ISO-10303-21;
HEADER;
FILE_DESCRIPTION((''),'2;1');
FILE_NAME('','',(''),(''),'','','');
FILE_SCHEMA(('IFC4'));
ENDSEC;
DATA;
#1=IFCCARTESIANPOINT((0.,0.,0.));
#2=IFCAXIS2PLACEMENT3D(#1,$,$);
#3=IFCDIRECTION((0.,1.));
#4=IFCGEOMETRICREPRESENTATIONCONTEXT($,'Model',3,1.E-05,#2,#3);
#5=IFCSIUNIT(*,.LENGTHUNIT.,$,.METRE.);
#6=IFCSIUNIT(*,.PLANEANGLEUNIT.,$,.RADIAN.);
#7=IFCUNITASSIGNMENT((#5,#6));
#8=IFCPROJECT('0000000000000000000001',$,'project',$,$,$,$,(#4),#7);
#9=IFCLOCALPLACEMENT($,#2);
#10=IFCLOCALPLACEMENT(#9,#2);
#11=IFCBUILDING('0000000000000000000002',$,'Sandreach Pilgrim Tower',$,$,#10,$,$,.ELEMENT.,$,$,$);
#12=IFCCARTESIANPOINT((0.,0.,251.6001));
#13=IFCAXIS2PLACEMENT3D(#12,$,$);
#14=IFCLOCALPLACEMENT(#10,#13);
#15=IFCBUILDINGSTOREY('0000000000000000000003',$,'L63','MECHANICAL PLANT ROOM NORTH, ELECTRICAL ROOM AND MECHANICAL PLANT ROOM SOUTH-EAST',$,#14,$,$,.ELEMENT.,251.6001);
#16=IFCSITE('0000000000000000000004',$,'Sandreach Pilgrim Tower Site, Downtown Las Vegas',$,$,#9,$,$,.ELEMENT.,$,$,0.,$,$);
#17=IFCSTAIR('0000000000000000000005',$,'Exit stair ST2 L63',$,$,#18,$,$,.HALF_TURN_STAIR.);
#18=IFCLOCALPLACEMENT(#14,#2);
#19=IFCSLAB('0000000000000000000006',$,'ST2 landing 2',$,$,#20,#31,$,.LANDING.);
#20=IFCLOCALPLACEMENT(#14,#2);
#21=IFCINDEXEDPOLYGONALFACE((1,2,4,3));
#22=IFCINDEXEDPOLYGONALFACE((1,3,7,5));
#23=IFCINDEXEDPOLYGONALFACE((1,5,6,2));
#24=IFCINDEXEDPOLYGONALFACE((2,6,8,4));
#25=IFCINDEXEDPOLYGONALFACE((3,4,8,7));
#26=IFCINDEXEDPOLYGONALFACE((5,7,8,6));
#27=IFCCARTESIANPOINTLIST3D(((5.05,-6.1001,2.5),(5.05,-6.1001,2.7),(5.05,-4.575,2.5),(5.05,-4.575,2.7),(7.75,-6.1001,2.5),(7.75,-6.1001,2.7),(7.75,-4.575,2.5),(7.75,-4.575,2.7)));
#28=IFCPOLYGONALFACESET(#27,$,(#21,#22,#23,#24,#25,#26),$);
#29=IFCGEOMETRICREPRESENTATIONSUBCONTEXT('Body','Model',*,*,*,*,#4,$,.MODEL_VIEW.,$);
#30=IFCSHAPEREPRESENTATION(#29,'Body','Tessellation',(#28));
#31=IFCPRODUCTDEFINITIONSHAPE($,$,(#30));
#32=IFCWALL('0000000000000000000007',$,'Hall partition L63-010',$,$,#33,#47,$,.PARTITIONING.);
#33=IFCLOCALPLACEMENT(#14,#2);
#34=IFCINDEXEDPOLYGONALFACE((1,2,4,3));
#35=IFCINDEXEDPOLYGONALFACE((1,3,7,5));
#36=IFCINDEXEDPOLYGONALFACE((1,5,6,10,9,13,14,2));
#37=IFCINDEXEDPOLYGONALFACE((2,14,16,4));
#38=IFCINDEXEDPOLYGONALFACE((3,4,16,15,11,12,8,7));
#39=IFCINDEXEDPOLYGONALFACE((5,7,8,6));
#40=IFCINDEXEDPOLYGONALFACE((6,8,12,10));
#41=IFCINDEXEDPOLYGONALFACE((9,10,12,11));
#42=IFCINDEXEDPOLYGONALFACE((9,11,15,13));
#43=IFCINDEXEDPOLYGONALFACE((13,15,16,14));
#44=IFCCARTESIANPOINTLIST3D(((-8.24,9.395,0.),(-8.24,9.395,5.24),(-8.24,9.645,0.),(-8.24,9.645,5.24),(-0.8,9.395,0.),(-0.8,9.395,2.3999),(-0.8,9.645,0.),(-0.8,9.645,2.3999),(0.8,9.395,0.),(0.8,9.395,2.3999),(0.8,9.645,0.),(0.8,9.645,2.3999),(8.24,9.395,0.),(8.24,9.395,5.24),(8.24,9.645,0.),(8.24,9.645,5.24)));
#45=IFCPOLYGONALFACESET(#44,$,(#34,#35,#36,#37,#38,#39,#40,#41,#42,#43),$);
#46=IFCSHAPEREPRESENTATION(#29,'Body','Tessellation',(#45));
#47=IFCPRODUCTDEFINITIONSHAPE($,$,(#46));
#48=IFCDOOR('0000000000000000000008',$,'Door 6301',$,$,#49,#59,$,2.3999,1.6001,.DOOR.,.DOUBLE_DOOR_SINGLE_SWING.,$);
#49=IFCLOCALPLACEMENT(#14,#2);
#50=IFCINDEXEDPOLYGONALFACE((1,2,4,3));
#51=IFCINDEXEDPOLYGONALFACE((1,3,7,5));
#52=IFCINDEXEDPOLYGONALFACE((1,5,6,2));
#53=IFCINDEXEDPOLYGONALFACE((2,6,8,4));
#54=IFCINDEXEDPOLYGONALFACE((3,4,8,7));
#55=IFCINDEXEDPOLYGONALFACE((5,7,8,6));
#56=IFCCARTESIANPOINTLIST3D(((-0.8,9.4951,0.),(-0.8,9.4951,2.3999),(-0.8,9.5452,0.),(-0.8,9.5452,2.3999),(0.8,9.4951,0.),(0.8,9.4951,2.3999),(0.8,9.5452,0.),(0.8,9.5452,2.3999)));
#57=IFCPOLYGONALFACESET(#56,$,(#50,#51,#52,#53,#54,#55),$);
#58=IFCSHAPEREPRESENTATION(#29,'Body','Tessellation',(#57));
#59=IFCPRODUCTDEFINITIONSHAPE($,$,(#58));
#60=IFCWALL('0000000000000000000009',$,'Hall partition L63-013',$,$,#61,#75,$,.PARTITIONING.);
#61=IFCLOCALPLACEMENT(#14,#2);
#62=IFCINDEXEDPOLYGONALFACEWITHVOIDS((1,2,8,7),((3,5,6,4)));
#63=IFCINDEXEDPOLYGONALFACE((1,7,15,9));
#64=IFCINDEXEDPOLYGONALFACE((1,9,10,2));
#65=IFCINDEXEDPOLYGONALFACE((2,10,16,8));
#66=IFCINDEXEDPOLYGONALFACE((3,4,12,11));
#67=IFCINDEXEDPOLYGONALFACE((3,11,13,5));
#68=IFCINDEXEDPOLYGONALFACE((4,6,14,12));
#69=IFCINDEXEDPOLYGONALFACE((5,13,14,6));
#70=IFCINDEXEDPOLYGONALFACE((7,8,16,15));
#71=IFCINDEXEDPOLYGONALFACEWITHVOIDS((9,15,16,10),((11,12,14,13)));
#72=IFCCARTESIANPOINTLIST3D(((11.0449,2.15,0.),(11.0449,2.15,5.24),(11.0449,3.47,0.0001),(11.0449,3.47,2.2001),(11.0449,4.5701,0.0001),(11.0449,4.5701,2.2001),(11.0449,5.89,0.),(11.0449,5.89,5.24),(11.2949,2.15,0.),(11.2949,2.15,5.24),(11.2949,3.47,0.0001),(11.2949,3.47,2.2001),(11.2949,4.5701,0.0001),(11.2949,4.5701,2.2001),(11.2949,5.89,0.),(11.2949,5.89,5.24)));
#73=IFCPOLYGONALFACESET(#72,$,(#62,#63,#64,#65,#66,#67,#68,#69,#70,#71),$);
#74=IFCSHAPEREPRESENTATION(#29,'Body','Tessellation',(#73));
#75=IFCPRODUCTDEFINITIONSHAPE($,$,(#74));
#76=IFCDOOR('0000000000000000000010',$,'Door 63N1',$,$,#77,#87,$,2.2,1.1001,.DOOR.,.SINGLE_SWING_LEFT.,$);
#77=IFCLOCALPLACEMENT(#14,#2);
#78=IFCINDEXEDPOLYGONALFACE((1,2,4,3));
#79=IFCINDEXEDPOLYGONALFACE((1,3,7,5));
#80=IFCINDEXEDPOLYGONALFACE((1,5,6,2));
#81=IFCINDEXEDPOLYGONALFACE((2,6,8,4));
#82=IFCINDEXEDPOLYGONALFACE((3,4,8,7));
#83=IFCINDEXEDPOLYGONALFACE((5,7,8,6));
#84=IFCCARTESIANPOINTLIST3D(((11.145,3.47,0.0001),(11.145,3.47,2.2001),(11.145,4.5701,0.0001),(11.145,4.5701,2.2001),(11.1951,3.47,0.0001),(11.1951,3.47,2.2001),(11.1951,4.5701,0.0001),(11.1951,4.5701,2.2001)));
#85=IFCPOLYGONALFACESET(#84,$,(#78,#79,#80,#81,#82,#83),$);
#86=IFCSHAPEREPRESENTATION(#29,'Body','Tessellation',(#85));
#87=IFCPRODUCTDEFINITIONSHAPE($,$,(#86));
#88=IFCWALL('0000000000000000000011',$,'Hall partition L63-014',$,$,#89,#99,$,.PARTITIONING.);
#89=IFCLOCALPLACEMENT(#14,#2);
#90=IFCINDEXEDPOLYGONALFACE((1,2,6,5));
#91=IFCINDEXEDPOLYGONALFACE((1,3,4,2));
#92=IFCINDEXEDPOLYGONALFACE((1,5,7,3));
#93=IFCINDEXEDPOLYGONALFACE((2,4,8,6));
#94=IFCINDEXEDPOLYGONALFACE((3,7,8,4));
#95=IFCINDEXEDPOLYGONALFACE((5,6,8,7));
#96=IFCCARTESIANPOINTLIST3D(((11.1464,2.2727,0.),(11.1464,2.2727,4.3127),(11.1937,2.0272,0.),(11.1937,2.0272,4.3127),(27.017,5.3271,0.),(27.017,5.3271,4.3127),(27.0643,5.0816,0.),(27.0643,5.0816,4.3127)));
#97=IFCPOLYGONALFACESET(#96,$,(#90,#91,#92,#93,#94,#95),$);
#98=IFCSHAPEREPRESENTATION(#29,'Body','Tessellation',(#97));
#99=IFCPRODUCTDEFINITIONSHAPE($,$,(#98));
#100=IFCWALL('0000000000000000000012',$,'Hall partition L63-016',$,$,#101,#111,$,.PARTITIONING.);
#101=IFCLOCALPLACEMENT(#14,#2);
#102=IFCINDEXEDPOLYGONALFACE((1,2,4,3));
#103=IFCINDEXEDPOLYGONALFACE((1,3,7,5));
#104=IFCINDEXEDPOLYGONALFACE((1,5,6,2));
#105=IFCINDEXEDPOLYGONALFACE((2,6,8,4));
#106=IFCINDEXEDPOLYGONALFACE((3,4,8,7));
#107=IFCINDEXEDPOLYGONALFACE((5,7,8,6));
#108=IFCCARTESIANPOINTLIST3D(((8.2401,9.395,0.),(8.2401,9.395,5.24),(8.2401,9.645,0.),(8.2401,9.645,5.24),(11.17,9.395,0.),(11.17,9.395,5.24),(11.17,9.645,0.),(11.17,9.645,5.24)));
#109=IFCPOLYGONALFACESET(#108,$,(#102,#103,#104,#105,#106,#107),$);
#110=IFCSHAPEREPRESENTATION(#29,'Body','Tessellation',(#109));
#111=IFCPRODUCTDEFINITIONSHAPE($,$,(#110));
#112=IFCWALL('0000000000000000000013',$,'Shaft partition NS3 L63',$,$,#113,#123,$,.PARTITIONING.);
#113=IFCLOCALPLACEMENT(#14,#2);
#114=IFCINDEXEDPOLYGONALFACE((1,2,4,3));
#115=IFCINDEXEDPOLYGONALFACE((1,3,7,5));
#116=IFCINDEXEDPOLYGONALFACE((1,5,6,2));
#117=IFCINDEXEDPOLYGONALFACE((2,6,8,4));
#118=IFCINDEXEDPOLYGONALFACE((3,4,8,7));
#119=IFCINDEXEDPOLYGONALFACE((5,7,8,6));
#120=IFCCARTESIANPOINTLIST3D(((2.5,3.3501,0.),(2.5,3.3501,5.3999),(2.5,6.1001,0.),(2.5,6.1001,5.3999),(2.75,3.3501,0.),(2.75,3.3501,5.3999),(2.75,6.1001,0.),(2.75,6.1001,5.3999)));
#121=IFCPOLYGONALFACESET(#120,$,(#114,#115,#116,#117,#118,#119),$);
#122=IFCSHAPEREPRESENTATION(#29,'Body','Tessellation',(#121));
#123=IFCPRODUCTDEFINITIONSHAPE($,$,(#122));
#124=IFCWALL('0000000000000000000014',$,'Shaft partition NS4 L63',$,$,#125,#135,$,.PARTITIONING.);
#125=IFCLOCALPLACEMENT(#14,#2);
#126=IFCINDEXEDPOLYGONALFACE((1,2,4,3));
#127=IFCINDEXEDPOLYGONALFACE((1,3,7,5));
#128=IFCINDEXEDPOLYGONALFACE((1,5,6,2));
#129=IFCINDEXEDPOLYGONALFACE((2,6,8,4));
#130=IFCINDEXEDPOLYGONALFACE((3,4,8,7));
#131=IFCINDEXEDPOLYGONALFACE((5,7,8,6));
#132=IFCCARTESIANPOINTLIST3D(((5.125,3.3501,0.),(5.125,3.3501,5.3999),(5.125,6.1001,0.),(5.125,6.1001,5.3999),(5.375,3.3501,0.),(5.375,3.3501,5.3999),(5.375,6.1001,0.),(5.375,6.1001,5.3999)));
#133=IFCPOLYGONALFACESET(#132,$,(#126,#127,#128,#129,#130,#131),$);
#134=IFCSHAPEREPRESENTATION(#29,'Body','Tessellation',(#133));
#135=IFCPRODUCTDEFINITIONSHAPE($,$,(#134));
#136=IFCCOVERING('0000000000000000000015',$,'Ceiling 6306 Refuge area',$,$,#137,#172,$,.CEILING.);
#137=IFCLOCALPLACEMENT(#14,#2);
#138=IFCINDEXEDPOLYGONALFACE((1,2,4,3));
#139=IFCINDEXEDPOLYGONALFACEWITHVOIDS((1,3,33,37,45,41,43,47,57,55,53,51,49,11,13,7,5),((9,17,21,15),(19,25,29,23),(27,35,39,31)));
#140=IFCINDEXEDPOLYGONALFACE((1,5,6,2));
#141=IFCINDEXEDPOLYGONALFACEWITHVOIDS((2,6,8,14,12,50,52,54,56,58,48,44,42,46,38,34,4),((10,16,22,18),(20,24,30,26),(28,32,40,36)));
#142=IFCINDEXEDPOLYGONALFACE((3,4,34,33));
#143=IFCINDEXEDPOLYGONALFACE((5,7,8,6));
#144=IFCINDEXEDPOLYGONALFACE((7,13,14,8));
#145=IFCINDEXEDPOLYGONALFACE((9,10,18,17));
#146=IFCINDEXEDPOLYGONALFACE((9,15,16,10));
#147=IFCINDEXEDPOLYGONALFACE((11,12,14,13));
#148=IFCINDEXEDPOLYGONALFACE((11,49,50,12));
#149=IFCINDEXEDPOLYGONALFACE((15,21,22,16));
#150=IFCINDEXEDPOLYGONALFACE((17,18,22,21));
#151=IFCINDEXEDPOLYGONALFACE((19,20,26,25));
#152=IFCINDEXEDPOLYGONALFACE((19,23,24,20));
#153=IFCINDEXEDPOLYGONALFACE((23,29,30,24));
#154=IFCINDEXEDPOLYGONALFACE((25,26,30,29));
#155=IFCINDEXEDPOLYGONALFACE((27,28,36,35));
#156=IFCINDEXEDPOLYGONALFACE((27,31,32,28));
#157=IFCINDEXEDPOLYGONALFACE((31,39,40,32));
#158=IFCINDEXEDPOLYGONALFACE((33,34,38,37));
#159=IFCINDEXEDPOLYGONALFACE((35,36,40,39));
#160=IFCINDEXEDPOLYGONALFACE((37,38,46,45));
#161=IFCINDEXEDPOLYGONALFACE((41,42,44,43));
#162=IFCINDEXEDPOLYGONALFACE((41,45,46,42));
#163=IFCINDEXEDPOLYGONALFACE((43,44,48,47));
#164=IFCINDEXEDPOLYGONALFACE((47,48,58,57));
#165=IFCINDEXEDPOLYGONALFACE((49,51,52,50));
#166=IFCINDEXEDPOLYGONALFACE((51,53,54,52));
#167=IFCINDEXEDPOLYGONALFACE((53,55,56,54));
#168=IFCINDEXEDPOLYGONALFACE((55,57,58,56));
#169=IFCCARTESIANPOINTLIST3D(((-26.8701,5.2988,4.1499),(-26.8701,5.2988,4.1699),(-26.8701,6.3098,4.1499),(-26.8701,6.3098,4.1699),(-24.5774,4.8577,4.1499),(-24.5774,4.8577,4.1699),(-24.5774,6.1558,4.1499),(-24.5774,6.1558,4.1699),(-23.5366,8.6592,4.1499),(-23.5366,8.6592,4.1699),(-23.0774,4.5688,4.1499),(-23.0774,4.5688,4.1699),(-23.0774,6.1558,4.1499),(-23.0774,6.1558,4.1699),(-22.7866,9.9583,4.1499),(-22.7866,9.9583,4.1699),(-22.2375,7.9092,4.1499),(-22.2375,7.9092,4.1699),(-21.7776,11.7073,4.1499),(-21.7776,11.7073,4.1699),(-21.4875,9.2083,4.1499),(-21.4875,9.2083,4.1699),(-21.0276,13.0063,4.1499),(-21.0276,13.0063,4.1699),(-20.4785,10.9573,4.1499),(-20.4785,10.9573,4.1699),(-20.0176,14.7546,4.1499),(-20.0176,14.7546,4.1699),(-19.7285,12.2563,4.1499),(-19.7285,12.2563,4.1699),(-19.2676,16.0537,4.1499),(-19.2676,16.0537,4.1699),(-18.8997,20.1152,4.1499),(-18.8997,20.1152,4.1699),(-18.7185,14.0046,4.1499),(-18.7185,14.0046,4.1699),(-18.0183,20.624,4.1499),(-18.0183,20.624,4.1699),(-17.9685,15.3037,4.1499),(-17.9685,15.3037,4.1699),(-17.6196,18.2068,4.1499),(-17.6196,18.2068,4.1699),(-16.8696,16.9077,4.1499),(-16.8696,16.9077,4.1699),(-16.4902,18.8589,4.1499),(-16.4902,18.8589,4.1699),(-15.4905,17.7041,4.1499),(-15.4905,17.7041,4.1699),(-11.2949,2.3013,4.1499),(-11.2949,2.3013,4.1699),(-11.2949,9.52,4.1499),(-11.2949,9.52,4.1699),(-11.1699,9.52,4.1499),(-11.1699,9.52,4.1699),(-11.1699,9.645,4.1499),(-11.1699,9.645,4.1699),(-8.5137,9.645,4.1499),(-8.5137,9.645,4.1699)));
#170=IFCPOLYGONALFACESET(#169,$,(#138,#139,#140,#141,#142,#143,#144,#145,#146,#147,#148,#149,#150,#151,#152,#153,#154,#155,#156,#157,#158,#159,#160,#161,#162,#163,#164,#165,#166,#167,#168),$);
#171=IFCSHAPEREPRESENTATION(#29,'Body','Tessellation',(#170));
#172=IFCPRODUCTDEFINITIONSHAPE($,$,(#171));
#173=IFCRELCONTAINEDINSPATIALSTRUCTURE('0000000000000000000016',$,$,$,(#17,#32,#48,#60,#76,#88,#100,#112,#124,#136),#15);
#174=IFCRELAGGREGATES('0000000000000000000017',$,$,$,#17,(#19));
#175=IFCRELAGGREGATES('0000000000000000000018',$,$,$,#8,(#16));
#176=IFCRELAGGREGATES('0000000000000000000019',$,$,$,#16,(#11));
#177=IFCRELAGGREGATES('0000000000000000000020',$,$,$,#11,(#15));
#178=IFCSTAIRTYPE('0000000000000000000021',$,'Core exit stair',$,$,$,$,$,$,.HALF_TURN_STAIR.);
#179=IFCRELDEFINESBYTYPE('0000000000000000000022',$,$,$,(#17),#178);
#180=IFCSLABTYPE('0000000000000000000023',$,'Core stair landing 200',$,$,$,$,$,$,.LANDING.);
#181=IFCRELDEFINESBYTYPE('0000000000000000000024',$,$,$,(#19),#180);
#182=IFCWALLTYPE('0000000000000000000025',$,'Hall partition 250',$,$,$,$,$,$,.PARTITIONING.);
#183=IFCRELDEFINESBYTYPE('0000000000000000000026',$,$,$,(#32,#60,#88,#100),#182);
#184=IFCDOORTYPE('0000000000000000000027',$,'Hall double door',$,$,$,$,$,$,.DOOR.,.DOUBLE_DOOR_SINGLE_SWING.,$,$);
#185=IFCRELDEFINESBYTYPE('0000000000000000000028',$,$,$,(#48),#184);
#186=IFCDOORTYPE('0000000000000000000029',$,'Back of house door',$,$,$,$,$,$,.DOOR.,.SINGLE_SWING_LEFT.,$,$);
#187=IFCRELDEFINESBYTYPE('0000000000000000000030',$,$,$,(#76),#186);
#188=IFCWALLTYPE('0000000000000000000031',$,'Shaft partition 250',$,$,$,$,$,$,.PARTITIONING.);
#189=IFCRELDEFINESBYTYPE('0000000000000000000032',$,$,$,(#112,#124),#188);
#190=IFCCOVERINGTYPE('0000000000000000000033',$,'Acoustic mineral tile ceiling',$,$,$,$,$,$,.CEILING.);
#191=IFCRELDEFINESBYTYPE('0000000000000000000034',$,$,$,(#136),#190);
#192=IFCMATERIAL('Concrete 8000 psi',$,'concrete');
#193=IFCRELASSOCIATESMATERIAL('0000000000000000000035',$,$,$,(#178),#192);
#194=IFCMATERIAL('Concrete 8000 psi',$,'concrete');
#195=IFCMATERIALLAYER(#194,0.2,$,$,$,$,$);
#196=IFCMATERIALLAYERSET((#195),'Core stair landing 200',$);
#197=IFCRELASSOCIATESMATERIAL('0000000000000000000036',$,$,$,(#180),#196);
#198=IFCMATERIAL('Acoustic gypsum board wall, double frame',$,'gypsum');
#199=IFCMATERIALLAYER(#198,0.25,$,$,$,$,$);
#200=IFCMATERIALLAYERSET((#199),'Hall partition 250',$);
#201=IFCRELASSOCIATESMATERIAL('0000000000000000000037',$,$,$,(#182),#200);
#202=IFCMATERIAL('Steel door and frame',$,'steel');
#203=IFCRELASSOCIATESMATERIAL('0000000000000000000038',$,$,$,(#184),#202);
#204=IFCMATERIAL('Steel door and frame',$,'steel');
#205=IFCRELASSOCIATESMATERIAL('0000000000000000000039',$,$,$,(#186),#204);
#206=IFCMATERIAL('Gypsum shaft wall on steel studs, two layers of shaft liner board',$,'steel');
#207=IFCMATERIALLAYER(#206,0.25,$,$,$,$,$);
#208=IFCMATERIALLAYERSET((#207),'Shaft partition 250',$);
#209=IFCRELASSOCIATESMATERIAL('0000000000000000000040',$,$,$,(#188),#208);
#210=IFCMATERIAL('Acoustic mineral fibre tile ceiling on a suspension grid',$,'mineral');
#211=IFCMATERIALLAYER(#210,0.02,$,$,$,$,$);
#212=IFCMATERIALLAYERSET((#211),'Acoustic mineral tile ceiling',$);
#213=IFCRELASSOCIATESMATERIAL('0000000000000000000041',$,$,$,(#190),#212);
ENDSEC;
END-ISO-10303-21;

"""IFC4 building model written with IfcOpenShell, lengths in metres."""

from ifc_helpers import new_model, si_unit, direction, frame, frame_2d, origin, place, context, subcontext, project, spatial, polyline, rectangle, outline, extrude, material, layer, layer_set, type_object, element, fill, aggregate, save


model = new_model("IFC4")

# Units and contexts
model_context = context("Model", 3, precision=1e-05, world=origin(), true_north=direction((0.0, 1.0)))
body_context = subcontext(model_context, "Body", "Model", "MODEL_VIEW")
ifc_project = project(units=[si_unit("LENGTHUNIT", "METRE"), si_unit("PLANEANGLEUNIT", "RADIAN")], contexts=[model_context])

# Site, building, storey
site_placement = place(None, origin())
site = spatial("IfcSite", under=ifc_project, at=site_placement, Name="Sandreach Pilgrim Tower Site, Downtown Las Vegas", CompositionType="ELEMENT", RefElevation=0.0)
building_placement = place(site_placement, origin())
building = spatial("IfcBuilding", under=site, at=building_placement, Name="Sandreach Pilgrim Tower", CompositionType="ELEMENT")
storey_placement = place(building_placement, frame((0.0, 0.0, 251.6001)))
storey = spatial("IfcBuildingStorey", under=building, at=storey_placement, Name="L63", Description="MECHANICAL PLANT ROOM NORTH, ELECTRICAL ROOM AND MECHANICAL PLANT ROOM SOUTH-EAST", CompositionType="ELEMENT", Elevation=251.6001)

# Stair, slab
ifc_material_1 = material(Name="Concrete 8000 psi", Category="concrete")
stair_type = type_object("IfcStairType", Name="Core exit stair", PredefinedType="HALF_TURN_STAIR", material=ifc_material_1)
stair_placement = place(storey_placement, origin())
stair = element("IfcStair", 1, at=stair_placement, inside=storey, type_object=stair_type, Name="Exit stair ST2 L63", PredefinedType="HALF_TURN_STAIR")
ifc_material_2 = material(Name="Concrete 8000 psi", Category="concrete")
ifc_layer_1 = layer(ifc_material_2, 0.2)
ifc_layer_set_1 = layer_set([ifc_layer_1], Name="Core stair landing 200")
slab_type = type_object("IfcSlabType", Name="Core stair landing 200", PredefinedType="LANDING", material=ifc_layer_set_1)
slab_1_placement = place(storey_placement, frame((0.0, 0.0, 2.5)))
slab_1 = element("IfcSlab", 2, at=slab_1_placement, type_object=slab_type, Name="ST2 landing 2", PredefinedType="LANDING", context=body_context, shape_type="SweptSolid", body=[
    extrude(outline(polyline([(5.05, -6.1001), (7.75, -6.1001), (7.75, -4.575), (5.05, -4.575), (5.05, -6.1001)])), origin(), (0.0, 0.0, 1.0), 0.2),
])
aggregate(stair, [slab_1])

# Walls, openings, doors
ifc_material_3 = material(Name="Acoustic gypsum board wall, double frame", Category="gypsum")
ifc_layer_2 = layer(ifc_material_3, 0.25)
ifc_layer_set_2 = layer_set([ifc_layer_2], Name="Hall partition 250")
wall_type_1 = type_object("IfcWallType", Name="Hall partition 250", PredefinedType="PARTITIONING", material=ifc_layer_set_2)
wall_1_placement = place(storey_placement, frame((8.24, 9.52, 0.0), z_axis=(0.0, 0.0, 1.0), x_axis=(-1.0, 0.0, 0.0)))
wall_1 = element("IfcWall", 3, at=wall_1_placement, inside=storey, type_object=wall_type_1, Name="Hall partition L63-010", PredefinedType="PARTITIONING", context=body_context, shape_type="SweptSolid", body=[
    extrude(rectangle(XDim=16.48, YDim=0.25, at=frame_2d((8.24, 0.0))), origin(), (0.0, 0.0, 1.0), 5.24),
])
opening_1_placement = place(wall_1_placement, frame((7.4399, 0.0, 0.0)))
opening_1 = element("IfcOpeningElement", 4, at=opening_1_placement, cuts=wall_1, PredefinedType="OPENING", context=body_context, shape_type="SweptSolid", body=[
    extrude(rectangle(XDim=1.6001, YDim=2.3999, at=frame_2d((0.8, 1.2))), frame((0.0, 0.125, 0.0), z_axis=(0.0, -1.0, 0.0), x_axis=(1.0, 0.0, 0.0)), (0.0, 0.0, 1.0), 0.25),
])
ifc_material_4 = material(Name="Steel door and frame", Category="steel")
door_type_1 = type_object("IfcDoorType", Name="Hall double door", OperationType="DOUBLE_DOOR_SINGLE_SWING", PredefinedType="DOOR", material=ifc_material_4)
door_1_placement = place(opening_1_placement, origin())
door_1 = element("IfcDoor", 5, at=door_1_placement, inside=storey, type_object=door_type_1, Name="Door 6301", OperationType="DOUBLE_DOOR_SINGLE_SWING", OverallHeight=2.3999, OverallWidth=1.6001, PredefinedType="DOOR", context=body_context, shape_type="SweptSolid", body=[
    extrude(rectangle(XDim=1.6001, YDim=2.3999, at=frame_2d((0.8, 1.2))), frame((0.0, 0.0249, 0.0), z_axis=(0.0, -1.0, 0.0), x_axis=(1.0, 0.0, 0.0)), (0.0, 0.0, 1.0), 0.05),
])
fill(opening_1, door_1)
wall_2_placement = place(storey_placement, frame((11.1699, 2.1499, 0.0), z_axis=(0.0, 0.0, 1.0), x_axis=(0.0, 1.0, 0.0)))
wall_2 = element("IfcWall", 6, at=wall_2_placement, inside=storey, type_object=wall_type_1, Name="Hall partition L63-013", PredefinedType="PARTITIONING", context=body_context, shape_type="SweptSolid", body=[
    extrude(rectangle(XDim=3.74, YDim=0.25, at=frame_2d((1.8701, 0.0))), origin(), (0.0, 0.0, 1.0), 5.24),
])
opening_2_placement = place(wall_2_placement, frame((1.3201, 0.0, 0.0)))
opening_2 = element("IfcOpeningElement", 7, at=opening_2_placement, cuts=wall_2, PredefinedType="OPENING", context=body_context, shape_type="SweptSolid", body=[
    extrude(rectangle(XDim=1.1001, YDim=2.2, at=frame_2d((0.55, 1.1001))), frame((0.0, 0.125, 0.0), z_axis=(0.0, -1.0, 0.0), x_axis=(1.0, 0.0, 0.0)), (0.0, 0.0, 1.0), 0.25),
])
ifc_material_5 = material(Name="Steel door and frame", Category="steel")
door_type_2 = type_object("IfcDoorType", Name="Back of house door", OperationType="SINGLE_SWING_LEFT", PredefinedType="DOOR", material=ifc_material_5)
door_2_placement = place(opening_2_placement, origin())
door_2 = element("IfcDoor", 8, at=door_2_placement, inside=storey, type_object=door_type_2, Name="Door 63N1", OperationType="SINGLE_SWING_LEFT", OverallHeight=2.2, OverallWidth=1.1001, PredefinedType="DOOR", context=body_context, shape_type="SweptSolid", body=[
    extrude(rectangle(XDim=1.1001, YDim=2.2, at=frame_2d((0.55, 1.1001))), frame((0.0, 0.0249, 0.0), z_axis=(0.0, -1.0, 0.0), x_axis=(1.0, 0.0, 0.0)), (0.0, 0.0, 1.0), 0.05),
])
fill(opening_2, door_2)

# Wall
wall_3_placement = place(storey_placement, frame((11.1699, 2.1499, 0.0), z_axis=(0.0, 0.0, 1.0), x_axis=(0.981979, 0.188991, 0.0)))
element("IfcWall", 9, at=wall_3_placement, inside=storey, type_object=wall_type_1, Name="Hall partition L63-014", PredefinedType="PARTITIONING", context=body_context, shape_type="SweptSolid", body=[
    extrude(rectangle(XDim=16.1619, YDim=0.25, at=frame_2d((8.0811, 0.0))), origin(), (0.0, 0.0, 1.0), 4.3127),
])

# Walls
wall_4_placement = place(storey_placement, frame((11.1699, 9.52, 0.0), z_axis=(0.0, 0.0, 1.0), x_axis=(-1.0, 0.0, 0.0)))
element("IfcWall", 10, at=wall_4_placement, inside=storey, type_object=wall_type_1, Name="Hall partition L63-016", PredefinedType="PARTITIONING", context=body_context, shape_type="SweptSolid", body=[
    extrude(rectangle(XDim=2.9299, YDim=0.25, at=frame_2d((1.4648, 0.0))), origin(), (0.0, 0.0, 1.0), 5.24),
])
ifc_material_6 = material(Name="Gypsum shaft wall on steel studs, two layers of shaft liner board", Category="steel")
ifc_layer_3 = layer(ifc_material_6, 0.25)
ifc_layer_set_3 = layer_set([ifc_layer_3], Name="Shaft partition 250")
wall_type_2 = type_object("IfcWallType", Name="Shaft partition 250", PredefinedType="PARTITIONING", material=ifc_layer_set_3)
for number, where, z_axis, x_axis, name in (
    (11, (2.625, 3.3501, 0.0), (0.0, 0.0, 1.0), (0.0, 1.0, 0.0), "Shaft partition NS3 L63"),
    (12, (5.25, 3.3501, 0.0), (0.0, 0.0, 1.0), (0.0, 1.0, 0.0), "Shaft partition NS4 L63"),
):
    element("IfcWall", number, at=place(storey_placement, frame(where, z_axis=z_axis, x_axis=x_axis)), inside=storey, type_object=wall_type_2, Name=name, PredefinedType="PARTITIONING", context=body_context, shape_type="SweptSolid", body=[
        extrude(rectangle(XDim=2.75, YDim=0.25, at=frame_2d((1.375, 0.0))), origin(), (0.0, 0.0, 1.0), 5.3999),
    ])

# Covering
ifc_material_7 = material(Name="Acoustic mineral fibre tile ceiling on a suspension grid", Category="mineral")
ifc_layer_4 = layer(ifc_material_7, 0.02)
ifc_layer_set_4 = layer_set([ifc_layer_4], Name="Acoustic mineral tile ceiling")
covering_type_1 = type_object("IfcCoveringType", Name="Acoustic mineral tile ceiling", PredefinedType="CEILING", material=ifc_layer_set_4)
covering_1_placement = place(storey_placement, frame((0.0, 0.0, 4.1499)))
element("IfcCovering", 13, at=covering_1_placement, inside=storey, type_object=covering_type_1, Name="Ceiling 6306 Refuge area", PredefinedType="CEILING", context=body_context, shape_type="SweptSolid", body=[
    extrude(outline(polyline([(-26.8701, 6.3098), (-18.8997, 20.1152), (-18.0183, 20.624), (-16.4902, 18.8589), (-17.6196, 18.2068), (-16.8696, 16.9077), (-15.4905, 17.7041), (-8.5137, 9.645), (-11.1699, 9.645), (-11.1699, 9.52), (-11.2949, 9.52), (-11.2949, 2.3013), (-23.0774, 4.5688), (-23.0774, 6.1558), (-24.5774, 6.1558), (-24.5774, 4.8577), (-26.8701, 5.2988), (-26.8701, 6.3098)]), holes=[polyline([(-17.9685, 15.3037), (-19.2676, 16.0537), (-20.0176, 14.7546), (-18.7185, 14.0046), (-17.9685, 15.3037)]), polyline([(-19.7285, 12.2563), (-21.0276, 13.0063), (-21.7776, 11.7073), (-20.4785, 10.9573), (-19.7285, 12.2563)]), polyline([(-22.2375, 7.9092), (-21.4875, 9.2083), (-22.7866, 9.9583), (-23.5366, 8.6592), (-22.2375, 7.9092)])]), origin(), (0.0, 0.0, 1.0), 0.02),
])

save(model, "model.ifc")
